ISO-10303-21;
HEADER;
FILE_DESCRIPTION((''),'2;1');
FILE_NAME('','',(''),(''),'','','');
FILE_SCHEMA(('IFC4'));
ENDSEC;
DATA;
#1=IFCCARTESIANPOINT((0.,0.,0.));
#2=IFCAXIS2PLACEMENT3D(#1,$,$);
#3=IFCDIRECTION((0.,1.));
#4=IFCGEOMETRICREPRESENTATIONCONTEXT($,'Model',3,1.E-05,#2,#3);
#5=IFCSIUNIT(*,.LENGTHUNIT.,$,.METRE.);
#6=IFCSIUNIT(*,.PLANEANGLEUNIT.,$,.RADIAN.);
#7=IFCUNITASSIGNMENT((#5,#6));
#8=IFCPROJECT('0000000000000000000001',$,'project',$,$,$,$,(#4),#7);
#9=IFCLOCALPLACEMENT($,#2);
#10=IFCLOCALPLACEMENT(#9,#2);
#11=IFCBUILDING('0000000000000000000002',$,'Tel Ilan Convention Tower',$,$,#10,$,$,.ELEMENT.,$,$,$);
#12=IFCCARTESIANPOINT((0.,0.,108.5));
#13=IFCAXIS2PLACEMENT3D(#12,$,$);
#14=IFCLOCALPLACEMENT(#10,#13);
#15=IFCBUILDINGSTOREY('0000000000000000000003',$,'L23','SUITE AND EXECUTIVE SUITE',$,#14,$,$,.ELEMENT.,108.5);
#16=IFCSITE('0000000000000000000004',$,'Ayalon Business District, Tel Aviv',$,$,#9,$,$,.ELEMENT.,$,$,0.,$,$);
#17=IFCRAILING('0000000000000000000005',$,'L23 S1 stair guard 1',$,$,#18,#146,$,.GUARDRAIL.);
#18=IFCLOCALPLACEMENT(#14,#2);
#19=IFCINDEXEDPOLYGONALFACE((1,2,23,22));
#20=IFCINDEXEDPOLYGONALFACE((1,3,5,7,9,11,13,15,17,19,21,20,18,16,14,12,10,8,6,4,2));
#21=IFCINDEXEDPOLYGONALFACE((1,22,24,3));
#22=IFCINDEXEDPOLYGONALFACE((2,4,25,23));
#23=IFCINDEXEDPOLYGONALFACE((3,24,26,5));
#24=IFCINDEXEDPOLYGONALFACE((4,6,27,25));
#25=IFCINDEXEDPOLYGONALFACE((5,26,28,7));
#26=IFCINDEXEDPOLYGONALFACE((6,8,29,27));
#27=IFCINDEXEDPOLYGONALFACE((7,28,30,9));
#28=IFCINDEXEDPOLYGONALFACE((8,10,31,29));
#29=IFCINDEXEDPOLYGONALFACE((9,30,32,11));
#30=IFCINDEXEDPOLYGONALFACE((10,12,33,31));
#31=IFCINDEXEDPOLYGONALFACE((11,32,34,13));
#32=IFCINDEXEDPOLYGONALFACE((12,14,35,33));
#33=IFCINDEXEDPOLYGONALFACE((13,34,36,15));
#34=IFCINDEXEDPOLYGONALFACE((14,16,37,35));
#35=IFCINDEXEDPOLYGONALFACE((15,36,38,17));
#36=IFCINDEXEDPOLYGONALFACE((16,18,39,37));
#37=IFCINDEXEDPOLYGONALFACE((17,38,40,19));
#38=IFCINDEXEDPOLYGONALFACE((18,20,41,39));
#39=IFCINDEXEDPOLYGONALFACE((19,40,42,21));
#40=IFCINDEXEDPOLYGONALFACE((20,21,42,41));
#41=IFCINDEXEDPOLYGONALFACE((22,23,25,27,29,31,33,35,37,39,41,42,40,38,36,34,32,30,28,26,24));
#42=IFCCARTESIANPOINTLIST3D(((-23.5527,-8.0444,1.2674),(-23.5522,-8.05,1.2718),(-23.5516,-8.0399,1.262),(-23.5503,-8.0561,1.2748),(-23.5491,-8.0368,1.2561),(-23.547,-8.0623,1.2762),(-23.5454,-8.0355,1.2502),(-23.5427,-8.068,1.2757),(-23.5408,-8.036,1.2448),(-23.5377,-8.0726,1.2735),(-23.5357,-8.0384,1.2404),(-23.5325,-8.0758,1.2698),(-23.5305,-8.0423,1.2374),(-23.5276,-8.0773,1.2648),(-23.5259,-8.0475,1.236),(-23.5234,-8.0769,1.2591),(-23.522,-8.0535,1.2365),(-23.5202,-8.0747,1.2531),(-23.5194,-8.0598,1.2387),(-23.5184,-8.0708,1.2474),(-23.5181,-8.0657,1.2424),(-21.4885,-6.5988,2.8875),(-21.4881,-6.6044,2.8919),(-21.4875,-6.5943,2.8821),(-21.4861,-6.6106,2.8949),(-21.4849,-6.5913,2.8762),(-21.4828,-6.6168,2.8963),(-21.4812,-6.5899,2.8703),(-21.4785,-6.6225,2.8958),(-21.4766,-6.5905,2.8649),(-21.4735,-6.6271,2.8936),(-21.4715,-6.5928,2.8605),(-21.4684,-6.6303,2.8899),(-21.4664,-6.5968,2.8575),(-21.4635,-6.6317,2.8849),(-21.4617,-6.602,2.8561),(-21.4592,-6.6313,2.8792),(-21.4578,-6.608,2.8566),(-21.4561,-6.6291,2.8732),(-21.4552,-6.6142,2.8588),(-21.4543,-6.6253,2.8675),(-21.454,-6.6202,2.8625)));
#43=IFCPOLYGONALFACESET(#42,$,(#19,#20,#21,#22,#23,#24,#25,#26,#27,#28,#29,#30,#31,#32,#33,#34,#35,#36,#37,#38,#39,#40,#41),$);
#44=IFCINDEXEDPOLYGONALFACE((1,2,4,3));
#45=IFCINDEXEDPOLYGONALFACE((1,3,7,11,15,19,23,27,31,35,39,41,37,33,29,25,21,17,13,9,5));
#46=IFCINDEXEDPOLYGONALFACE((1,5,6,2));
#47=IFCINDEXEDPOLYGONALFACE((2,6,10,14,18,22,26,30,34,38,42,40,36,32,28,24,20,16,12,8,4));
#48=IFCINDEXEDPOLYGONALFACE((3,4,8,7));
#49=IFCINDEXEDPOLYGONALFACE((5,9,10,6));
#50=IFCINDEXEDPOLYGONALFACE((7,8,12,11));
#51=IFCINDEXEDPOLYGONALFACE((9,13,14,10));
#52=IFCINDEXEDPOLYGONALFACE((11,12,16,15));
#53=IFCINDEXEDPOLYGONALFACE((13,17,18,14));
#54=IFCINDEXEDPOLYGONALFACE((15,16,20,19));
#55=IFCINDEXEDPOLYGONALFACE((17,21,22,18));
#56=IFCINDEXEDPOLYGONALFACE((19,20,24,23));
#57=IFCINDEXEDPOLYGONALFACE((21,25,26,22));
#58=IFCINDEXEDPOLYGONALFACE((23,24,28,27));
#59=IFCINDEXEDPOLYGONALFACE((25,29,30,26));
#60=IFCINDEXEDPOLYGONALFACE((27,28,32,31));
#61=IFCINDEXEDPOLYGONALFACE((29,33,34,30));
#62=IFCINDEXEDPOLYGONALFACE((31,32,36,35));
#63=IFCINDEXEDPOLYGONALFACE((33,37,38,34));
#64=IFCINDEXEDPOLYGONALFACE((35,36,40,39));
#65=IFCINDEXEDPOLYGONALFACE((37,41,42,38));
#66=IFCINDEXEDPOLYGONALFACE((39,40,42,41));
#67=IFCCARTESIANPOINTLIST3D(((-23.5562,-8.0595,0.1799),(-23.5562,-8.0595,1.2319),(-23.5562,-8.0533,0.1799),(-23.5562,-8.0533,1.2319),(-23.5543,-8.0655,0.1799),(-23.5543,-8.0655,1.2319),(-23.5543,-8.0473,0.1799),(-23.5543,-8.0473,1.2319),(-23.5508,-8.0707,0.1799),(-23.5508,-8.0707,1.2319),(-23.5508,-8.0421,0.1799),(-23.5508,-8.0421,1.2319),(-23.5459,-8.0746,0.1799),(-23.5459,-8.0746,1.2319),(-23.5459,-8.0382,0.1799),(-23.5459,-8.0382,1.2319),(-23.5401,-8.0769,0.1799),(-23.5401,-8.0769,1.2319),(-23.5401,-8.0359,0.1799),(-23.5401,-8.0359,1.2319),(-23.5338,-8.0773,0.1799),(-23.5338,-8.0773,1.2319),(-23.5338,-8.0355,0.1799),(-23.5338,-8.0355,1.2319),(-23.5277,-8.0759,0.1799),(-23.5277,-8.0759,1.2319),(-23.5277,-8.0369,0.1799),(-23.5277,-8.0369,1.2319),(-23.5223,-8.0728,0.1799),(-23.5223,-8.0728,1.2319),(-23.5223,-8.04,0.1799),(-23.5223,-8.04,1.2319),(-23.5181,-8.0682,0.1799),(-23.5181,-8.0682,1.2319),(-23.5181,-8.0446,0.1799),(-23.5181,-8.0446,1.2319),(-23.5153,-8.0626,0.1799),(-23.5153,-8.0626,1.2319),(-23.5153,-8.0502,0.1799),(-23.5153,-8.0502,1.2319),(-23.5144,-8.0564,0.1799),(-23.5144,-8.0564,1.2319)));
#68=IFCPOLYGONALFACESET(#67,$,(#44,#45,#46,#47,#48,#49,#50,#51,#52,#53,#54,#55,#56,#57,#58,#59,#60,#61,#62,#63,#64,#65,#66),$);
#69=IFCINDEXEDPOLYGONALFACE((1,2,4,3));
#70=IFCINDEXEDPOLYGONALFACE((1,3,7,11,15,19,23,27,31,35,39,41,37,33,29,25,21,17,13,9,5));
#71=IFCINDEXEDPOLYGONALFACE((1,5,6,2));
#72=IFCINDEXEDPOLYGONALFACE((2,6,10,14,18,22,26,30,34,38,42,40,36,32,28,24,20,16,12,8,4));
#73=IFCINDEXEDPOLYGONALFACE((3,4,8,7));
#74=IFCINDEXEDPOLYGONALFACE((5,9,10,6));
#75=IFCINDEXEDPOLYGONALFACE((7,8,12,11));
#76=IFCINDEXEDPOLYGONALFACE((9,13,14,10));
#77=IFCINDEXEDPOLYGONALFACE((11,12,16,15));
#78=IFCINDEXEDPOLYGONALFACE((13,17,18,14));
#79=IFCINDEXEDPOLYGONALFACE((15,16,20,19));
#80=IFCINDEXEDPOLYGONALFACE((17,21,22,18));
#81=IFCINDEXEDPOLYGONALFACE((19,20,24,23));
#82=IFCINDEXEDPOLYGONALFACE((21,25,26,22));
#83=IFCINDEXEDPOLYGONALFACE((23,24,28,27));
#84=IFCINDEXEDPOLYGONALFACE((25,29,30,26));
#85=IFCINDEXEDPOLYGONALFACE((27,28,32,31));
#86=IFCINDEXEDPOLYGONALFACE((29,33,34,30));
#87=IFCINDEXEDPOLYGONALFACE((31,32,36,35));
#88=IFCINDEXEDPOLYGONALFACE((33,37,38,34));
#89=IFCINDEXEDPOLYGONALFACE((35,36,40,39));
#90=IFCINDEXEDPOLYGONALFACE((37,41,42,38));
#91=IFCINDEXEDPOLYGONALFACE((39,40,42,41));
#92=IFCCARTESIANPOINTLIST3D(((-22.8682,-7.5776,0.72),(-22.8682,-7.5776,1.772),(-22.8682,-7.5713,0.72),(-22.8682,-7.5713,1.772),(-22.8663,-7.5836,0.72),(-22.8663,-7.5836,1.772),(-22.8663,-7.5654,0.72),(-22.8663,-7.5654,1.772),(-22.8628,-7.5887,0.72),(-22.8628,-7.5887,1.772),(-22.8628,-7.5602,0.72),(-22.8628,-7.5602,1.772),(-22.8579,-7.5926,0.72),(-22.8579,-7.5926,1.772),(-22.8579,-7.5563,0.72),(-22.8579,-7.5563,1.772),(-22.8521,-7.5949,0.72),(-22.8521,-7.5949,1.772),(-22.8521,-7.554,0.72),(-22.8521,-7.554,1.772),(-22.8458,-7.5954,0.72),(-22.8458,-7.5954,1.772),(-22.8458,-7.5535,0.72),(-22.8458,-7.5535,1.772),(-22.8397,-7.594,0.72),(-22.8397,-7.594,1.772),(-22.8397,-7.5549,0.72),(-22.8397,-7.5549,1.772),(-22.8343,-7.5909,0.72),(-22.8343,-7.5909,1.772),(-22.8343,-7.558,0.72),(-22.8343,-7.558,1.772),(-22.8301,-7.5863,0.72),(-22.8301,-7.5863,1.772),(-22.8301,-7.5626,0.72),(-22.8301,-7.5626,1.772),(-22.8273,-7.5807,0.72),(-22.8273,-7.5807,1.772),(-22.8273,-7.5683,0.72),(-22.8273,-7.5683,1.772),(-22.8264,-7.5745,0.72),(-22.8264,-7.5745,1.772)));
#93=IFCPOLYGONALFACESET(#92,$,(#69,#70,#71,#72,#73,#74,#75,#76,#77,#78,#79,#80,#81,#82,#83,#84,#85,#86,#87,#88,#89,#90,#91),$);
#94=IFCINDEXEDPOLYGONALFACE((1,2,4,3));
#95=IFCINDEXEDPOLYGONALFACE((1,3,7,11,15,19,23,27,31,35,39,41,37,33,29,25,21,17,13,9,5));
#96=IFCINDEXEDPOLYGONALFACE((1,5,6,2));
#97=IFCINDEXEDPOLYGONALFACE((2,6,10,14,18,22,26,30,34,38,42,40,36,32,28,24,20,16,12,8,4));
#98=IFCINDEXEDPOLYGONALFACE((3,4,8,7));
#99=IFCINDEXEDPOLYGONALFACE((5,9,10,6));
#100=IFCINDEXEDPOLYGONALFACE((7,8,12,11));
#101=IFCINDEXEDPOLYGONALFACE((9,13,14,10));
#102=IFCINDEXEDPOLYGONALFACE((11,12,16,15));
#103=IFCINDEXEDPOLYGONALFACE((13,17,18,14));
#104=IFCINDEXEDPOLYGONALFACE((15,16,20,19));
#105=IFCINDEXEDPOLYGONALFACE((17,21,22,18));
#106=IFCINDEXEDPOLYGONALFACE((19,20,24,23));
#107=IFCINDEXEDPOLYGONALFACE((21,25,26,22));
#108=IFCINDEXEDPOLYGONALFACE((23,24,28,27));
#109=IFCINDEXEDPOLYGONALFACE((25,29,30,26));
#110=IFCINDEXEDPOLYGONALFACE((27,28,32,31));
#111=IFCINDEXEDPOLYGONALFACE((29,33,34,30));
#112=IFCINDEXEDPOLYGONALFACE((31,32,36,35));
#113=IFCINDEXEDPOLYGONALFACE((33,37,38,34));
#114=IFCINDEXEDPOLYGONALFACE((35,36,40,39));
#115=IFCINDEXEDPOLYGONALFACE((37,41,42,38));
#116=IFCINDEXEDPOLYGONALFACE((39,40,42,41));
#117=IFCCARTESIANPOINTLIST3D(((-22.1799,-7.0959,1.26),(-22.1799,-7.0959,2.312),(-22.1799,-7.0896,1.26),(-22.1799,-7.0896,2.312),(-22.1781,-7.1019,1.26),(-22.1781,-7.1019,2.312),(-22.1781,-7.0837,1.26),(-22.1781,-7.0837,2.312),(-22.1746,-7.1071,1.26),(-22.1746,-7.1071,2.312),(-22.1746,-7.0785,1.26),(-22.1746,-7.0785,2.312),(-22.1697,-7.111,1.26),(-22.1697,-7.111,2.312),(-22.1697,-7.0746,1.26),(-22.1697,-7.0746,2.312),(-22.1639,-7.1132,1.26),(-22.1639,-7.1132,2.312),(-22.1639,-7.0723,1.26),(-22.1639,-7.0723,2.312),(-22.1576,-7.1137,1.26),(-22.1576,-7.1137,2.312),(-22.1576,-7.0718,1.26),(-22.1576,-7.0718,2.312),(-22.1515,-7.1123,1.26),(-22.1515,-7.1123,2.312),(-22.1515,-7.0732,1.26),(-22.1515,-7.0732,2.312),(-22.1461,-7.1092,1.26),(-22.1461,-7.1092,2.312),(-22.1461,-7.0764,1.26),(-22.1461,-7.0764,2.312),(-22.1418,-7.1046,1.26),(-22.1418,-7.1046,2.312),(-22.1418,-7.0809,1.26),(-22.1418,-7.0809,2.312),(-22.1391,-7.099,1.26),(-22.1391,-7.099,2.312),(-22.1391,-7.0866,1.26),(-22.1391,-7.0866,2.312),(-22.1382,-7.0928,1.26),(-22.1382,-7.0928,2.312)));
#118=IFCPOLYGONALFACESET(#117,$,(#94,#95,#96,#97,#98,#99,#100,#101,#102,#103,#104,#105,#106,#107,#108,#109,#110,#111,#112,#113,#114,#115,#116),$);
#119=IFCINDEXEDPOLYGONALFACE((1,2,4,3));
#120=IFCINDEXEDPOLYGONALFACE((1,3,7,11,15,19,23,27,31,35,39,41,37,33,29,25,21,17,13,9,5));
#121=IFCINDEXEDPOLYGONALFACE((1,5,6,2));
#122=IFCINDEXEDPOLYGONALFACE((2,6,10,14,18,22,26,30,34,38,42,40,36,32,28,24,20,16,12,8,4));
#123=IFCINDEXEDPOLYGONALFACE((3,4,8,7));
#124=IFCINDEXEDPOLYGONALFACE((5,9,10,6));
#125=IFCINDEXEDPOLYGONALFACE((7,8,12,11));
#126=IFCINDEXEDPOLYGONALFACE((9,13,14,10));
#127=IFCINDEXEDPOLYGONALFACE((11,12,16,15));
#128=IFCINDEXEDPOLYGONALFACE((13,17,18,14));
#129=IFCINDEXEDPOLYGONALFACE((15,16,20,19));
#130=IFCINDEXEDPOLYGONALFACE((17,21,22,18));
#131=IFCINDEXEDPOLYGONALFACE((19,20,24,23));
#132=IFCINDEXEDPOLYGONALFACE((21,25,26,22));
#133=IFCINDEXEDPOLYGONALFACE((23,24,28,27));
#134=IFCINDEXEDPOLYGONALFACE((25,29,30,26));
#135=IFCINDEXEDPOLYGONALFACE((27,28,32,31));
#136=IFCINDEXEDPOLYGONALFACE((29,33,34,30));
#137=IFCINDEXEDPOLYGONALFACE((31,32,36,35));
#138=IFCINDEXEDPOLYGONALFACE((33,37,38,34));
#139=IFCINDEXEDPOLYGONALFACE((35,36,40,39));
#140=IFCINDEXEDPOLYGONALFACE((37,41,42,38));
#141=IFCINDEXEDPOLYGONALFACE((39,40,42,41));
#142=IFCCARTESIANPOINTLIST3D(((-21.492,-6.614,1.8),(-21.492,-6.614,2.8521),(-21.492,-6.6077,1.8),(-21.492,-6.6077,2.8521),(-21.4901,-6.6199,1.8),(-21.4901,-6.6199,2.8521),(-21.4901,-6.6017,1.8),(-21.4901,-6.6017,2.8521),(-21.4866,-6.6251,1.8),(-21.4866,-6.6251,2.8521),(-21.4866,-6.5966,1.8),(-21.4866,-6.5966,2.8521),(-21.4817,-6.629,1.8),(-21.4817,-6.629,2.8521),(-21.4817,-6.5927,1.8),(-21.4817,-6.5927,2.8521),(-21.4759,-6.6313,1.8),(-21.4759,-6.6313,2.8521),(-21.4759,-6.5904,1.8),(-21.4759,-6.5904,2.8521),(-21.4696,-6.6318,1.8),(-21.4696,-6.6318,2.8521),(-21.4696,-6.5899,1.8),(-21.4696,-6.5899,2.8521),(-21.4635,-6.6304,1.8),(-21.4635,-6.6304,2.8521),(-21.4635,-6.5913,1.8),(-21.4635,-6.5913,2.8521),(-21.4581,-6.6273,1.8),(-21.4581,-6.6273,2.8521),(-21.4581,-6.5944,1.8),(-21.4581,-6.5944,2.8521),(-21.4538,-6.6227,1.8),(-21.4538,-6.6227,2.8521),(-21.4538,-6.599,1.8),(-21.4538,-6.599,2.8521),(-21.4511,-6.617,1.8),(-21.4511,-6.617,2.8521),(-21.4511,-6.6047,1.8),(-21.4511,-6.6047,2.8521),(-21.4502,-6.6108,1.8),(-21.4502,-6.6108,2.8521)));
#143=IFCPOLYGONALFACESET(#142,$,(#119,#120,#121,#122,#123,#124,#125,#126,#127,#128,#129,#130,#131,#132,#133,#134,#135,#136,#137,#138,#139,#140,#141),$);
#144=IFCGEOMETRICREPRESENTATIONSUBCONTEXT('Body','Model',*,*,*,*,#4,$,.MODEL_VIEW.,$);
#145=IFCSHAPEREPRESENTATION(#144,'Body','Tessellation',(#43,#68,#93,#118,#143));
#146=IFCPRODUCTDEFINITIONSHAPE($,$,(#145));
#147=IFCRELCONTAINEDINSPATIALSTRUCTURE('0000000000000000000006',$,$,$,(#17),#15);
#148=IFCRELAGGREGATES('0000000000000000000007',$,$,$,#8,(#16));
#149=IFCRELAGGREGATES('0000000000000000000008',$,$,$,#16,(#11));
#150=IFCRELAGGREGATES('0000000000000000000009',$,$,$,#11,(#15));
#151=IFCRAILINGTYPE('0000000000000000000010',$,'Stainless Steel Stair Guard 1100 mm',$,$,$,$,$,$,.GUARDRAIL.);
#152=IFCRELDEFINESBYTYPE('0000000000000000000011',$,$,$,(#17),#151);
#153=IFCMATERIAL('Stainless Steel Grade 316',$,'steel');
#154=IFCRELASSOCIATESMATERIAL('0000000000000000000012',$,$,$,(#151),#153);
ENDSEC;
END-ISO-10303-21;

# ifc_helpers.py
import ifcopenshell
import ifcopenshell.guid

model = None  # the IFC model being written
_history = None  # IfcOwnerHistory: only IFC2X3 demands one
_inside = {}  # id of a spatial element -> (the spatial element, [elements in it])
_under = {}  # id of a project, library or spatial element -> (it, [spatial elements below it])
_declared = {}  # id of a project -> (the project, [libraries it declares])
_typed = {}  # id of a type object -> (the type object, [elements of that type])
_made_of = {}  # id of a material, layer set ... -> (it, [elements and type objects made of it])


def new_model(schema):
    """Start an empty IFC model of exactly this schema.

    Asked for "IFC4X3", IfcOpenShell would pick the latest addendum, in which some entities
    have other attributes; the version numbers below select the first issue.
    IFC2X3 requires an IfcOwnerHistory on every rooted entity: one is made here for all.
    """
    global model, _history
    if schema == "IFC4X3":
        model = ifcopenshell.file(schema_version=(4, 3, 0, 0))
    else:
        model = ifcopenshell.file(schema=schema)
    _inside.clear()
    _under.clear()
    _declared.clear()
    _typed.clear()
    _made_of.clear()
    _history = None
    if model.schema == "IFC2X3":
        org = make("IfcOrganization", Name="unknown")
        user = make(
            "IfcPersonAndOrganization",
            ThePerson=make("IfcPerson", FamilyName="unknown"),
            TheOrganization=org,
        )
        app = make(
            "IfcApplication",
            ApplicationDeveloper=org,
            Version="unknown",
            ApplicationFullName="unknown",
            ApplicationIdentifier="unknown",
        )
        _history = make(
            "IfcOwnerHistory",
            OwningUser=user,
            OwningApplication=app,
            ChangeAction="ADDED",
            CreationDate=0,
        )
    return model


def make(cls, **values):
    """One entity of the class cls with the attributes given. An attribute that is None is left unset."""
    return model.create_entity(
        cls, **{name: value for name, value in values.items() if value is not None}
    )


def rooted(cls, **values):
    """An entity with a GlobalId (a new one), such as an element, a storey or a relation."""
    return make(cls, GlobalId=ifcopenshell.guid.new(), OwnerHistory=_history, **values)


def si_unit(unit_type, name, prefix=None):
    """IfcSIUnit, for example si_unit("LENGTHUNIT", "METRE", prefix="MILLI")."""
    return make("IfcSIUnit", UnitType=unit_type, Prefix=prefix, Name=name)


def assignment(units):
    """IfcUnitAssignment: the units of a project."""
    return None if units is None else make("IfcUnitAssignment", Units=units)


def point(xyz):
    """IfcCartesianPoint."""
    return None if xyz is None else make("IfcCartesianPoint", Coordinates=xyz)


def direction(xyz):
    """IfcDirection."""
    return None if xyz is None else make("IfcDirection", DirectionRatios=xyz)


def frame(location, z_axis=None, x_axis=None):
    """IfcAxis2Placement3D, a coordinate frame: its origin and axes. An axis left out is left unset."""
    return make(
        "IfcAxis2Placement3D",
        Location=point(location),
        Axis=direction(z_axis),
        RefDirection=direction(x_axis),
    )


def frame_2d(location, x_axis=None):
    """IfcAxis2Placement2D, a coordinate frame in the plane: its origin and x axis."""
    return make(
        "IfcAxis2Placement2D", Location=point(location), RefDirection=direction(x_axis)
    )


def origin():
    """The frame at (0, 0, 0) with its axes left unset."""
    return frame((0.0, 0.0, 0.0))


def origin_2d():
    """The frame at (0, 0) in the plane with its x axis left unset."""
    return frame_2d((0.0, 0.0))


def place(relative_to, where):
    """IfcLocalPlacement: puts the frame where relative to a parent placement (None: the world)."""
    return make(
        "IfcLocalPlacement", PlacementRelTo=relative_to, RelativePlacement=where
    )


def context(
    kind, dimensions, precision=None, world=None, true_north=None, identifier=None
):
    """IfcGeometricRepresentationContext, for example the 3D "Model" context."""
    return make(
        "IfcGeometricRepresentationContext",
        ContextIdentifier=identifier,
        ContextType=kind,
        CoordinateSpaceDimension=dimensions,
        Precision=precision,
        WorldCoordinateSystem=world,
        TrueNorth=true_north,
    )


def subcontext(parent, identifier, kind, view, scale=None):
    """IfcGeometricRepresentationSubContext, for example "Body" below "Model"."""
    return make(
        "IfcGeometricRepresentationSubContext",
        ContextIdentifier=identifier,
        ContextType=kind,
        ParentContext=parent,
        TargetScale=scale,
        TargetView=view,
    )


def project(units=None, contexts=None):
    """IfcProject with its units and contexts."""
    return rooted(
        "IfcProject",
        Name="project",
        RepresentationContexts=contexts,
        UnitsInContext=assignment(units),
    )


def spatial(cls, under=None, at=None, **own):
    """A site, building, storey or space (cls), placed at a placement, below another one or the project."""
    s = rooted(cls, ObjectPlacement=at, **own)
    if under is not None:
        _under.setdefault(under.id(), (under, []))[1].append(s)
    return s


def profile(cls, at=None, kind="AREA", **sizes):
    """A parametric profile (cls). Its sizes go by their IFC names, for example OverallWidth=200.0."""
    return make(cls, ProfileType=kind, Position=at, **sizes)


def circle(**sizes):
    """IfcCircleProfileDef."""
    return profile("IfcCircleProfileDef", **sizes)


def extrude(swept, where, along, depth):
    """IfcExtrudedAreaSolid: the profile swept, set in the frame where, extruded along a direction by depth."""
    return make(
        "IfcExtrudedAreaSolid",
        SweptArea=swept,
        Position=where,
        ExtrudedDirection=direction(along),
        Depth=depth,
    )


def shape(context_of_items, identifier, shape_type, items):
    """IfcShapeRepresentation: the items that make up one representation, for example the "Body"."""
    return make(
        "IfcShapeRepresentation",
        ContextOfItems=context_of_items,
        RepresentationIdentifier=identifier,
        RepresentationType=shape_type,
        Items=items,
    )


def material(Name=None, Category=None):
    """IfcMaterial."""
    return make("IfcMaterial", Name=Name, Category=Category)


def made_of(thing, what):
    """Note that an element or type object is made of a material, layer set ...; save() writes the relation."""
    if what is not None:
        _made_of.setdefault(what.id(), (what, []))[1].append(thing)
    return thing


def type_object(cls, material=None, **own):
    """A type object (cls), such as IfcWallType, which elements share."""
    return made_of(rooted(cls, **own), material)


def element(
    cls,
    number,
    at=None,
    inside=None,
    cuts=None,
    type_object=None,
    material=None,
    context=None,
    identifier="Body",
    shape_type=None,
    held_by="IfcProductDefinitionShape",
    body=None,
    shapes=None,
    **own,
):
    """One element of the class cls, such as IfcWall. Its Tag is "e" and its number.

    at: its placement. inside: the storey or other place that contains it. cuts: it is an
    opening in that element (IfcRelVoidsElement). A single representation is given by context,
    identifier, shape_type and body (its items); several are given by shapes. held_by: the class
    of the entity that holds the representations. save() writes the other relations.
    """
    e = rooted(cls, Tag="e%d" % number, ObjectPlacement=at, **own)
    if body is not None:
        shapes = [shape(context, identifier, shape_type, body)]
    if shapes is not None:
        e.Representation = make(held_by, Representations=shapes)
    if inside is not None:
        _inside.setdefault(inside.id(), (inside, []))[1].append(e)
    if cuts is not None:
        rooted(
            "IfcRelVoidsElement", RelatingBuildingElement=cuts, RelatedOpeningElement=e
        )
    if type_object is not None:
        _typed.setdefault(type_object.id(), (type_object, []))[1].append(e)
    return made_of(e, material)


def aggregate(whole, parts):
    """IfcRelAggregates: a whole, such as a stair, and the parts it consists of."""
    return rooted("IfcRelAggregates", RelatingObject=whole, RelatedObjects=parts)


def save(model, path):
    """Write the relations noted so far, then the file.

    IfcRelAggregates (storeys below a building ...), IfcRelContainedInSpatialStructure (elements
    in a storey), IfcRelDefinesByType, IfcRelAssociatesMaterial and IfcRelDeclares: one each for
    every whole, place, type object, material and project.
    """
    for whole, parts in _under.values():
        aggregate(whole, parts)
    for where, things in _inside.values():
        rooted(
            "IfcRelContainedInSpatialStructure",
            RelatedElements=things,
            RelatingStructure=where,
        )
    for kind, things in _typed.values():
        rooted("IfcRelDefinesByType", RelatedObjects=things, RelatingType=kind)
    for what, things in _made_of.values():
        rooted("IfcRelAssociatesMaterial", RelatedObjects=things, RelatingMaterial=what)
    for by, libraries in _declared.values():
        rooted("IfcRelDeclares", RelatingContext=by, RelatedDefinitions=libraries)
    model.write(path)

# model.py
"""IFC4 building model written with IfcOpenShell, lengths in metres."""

from ifc_helpers import new_model, si_unit, direction, frame, origin, origin_2d, place, context, subcontext, project, spatial, circle, extrude, material, type_object, element, save


model = new_model("IFC4")

# Units and contexts
model_context = context("Model", 3, precision=1e-05, world=origin(), true_north=direction((0.0, 1.0)))
body_context = subcontext(model_context, "Body", "Model", "MODEL_VIEW")
ifc_project = project(units=[si_unit("LENGTHUNIT", "METRE"), si_unit("PLANEANGLEUNIT", "RADIAN")], contexts=[model_context])

# Site, building, storey
site_placement = place(None, origin())
site = spatial("IfcSite", under=ifc_project, at=site_placement, Name="Ayalon Business District, Tel Aviv", CompositionType="ELEMENT", RefElevation=0.0)
building_placement = place(site_placement, origin())
building = spatial("IfcBuilding", under=site, at=building_placement, Name="Tel Ilan Convention Tower", CompositionType="ELEMENT")
storey_placement = place(building_placement, frame((0.0, 0.0, 108.5)))
storey = spatial("IfcBuildingStorey", under=building, at=storey_placement, Name="L23", Description="SUITE AND EXECUTIVE SUITE", CompositionType="ELEMENT", Elevation=108.5)

# Railing
ifc_material_1 = material(Name="Stainless Steel Grade 316", Category="steel")
railing_type_1 = type_object("IfcRailingType", Name="Stainless Steel Stair Guard 1100 mm", PredefinedType="GUARDRAIL", material=ifc_material_1)
railing_1_placement = place(storey_placement, frame((-23.5354, -8.0564, 0.1799)))
element("IfcRailing", 1, at=railing_1_placement, inside=storey, type_object=railing_type_1, Name="L23 S1 stair guard 1", PredefinedType="GUARDRAIL", context=body_context, shape_type="SweptSolid", body=[
    extrude(circle(Radius=0.0239, at=origin_2d()), frame((0.0, 0.0, 1.0762), z_axis=(0.689013, 0.482513, 0.540779), x_axis=(-0.573625, 0.819118, 0.0)), (0.0, 0.0, 1.0), 2.9958),
    extrude(circle(Radius=0.021, at=origin_2d()), origin(), (0.0, 0.0, 1.0), 1.052),
    extrude(circle(Radius=0.021, at=origin_2d()), frame((0.688, 0.4819, 0.54)), (0.0, 0.0, 1.0), 1.052),
    extrude(circle(Radius=0.021, at=origin_2d()), frame((1.3762, 0.9636, 1.0801)), (0.0, 0.0, 1.0), 1.052),
    extrude(circle(Radius=0.021, at=origin_2d()), frame((2.0642, 1.4456, 1.6201)), (0.0, 0.0, 1.0), 1.052),
])

save(model, "model.ifc")
